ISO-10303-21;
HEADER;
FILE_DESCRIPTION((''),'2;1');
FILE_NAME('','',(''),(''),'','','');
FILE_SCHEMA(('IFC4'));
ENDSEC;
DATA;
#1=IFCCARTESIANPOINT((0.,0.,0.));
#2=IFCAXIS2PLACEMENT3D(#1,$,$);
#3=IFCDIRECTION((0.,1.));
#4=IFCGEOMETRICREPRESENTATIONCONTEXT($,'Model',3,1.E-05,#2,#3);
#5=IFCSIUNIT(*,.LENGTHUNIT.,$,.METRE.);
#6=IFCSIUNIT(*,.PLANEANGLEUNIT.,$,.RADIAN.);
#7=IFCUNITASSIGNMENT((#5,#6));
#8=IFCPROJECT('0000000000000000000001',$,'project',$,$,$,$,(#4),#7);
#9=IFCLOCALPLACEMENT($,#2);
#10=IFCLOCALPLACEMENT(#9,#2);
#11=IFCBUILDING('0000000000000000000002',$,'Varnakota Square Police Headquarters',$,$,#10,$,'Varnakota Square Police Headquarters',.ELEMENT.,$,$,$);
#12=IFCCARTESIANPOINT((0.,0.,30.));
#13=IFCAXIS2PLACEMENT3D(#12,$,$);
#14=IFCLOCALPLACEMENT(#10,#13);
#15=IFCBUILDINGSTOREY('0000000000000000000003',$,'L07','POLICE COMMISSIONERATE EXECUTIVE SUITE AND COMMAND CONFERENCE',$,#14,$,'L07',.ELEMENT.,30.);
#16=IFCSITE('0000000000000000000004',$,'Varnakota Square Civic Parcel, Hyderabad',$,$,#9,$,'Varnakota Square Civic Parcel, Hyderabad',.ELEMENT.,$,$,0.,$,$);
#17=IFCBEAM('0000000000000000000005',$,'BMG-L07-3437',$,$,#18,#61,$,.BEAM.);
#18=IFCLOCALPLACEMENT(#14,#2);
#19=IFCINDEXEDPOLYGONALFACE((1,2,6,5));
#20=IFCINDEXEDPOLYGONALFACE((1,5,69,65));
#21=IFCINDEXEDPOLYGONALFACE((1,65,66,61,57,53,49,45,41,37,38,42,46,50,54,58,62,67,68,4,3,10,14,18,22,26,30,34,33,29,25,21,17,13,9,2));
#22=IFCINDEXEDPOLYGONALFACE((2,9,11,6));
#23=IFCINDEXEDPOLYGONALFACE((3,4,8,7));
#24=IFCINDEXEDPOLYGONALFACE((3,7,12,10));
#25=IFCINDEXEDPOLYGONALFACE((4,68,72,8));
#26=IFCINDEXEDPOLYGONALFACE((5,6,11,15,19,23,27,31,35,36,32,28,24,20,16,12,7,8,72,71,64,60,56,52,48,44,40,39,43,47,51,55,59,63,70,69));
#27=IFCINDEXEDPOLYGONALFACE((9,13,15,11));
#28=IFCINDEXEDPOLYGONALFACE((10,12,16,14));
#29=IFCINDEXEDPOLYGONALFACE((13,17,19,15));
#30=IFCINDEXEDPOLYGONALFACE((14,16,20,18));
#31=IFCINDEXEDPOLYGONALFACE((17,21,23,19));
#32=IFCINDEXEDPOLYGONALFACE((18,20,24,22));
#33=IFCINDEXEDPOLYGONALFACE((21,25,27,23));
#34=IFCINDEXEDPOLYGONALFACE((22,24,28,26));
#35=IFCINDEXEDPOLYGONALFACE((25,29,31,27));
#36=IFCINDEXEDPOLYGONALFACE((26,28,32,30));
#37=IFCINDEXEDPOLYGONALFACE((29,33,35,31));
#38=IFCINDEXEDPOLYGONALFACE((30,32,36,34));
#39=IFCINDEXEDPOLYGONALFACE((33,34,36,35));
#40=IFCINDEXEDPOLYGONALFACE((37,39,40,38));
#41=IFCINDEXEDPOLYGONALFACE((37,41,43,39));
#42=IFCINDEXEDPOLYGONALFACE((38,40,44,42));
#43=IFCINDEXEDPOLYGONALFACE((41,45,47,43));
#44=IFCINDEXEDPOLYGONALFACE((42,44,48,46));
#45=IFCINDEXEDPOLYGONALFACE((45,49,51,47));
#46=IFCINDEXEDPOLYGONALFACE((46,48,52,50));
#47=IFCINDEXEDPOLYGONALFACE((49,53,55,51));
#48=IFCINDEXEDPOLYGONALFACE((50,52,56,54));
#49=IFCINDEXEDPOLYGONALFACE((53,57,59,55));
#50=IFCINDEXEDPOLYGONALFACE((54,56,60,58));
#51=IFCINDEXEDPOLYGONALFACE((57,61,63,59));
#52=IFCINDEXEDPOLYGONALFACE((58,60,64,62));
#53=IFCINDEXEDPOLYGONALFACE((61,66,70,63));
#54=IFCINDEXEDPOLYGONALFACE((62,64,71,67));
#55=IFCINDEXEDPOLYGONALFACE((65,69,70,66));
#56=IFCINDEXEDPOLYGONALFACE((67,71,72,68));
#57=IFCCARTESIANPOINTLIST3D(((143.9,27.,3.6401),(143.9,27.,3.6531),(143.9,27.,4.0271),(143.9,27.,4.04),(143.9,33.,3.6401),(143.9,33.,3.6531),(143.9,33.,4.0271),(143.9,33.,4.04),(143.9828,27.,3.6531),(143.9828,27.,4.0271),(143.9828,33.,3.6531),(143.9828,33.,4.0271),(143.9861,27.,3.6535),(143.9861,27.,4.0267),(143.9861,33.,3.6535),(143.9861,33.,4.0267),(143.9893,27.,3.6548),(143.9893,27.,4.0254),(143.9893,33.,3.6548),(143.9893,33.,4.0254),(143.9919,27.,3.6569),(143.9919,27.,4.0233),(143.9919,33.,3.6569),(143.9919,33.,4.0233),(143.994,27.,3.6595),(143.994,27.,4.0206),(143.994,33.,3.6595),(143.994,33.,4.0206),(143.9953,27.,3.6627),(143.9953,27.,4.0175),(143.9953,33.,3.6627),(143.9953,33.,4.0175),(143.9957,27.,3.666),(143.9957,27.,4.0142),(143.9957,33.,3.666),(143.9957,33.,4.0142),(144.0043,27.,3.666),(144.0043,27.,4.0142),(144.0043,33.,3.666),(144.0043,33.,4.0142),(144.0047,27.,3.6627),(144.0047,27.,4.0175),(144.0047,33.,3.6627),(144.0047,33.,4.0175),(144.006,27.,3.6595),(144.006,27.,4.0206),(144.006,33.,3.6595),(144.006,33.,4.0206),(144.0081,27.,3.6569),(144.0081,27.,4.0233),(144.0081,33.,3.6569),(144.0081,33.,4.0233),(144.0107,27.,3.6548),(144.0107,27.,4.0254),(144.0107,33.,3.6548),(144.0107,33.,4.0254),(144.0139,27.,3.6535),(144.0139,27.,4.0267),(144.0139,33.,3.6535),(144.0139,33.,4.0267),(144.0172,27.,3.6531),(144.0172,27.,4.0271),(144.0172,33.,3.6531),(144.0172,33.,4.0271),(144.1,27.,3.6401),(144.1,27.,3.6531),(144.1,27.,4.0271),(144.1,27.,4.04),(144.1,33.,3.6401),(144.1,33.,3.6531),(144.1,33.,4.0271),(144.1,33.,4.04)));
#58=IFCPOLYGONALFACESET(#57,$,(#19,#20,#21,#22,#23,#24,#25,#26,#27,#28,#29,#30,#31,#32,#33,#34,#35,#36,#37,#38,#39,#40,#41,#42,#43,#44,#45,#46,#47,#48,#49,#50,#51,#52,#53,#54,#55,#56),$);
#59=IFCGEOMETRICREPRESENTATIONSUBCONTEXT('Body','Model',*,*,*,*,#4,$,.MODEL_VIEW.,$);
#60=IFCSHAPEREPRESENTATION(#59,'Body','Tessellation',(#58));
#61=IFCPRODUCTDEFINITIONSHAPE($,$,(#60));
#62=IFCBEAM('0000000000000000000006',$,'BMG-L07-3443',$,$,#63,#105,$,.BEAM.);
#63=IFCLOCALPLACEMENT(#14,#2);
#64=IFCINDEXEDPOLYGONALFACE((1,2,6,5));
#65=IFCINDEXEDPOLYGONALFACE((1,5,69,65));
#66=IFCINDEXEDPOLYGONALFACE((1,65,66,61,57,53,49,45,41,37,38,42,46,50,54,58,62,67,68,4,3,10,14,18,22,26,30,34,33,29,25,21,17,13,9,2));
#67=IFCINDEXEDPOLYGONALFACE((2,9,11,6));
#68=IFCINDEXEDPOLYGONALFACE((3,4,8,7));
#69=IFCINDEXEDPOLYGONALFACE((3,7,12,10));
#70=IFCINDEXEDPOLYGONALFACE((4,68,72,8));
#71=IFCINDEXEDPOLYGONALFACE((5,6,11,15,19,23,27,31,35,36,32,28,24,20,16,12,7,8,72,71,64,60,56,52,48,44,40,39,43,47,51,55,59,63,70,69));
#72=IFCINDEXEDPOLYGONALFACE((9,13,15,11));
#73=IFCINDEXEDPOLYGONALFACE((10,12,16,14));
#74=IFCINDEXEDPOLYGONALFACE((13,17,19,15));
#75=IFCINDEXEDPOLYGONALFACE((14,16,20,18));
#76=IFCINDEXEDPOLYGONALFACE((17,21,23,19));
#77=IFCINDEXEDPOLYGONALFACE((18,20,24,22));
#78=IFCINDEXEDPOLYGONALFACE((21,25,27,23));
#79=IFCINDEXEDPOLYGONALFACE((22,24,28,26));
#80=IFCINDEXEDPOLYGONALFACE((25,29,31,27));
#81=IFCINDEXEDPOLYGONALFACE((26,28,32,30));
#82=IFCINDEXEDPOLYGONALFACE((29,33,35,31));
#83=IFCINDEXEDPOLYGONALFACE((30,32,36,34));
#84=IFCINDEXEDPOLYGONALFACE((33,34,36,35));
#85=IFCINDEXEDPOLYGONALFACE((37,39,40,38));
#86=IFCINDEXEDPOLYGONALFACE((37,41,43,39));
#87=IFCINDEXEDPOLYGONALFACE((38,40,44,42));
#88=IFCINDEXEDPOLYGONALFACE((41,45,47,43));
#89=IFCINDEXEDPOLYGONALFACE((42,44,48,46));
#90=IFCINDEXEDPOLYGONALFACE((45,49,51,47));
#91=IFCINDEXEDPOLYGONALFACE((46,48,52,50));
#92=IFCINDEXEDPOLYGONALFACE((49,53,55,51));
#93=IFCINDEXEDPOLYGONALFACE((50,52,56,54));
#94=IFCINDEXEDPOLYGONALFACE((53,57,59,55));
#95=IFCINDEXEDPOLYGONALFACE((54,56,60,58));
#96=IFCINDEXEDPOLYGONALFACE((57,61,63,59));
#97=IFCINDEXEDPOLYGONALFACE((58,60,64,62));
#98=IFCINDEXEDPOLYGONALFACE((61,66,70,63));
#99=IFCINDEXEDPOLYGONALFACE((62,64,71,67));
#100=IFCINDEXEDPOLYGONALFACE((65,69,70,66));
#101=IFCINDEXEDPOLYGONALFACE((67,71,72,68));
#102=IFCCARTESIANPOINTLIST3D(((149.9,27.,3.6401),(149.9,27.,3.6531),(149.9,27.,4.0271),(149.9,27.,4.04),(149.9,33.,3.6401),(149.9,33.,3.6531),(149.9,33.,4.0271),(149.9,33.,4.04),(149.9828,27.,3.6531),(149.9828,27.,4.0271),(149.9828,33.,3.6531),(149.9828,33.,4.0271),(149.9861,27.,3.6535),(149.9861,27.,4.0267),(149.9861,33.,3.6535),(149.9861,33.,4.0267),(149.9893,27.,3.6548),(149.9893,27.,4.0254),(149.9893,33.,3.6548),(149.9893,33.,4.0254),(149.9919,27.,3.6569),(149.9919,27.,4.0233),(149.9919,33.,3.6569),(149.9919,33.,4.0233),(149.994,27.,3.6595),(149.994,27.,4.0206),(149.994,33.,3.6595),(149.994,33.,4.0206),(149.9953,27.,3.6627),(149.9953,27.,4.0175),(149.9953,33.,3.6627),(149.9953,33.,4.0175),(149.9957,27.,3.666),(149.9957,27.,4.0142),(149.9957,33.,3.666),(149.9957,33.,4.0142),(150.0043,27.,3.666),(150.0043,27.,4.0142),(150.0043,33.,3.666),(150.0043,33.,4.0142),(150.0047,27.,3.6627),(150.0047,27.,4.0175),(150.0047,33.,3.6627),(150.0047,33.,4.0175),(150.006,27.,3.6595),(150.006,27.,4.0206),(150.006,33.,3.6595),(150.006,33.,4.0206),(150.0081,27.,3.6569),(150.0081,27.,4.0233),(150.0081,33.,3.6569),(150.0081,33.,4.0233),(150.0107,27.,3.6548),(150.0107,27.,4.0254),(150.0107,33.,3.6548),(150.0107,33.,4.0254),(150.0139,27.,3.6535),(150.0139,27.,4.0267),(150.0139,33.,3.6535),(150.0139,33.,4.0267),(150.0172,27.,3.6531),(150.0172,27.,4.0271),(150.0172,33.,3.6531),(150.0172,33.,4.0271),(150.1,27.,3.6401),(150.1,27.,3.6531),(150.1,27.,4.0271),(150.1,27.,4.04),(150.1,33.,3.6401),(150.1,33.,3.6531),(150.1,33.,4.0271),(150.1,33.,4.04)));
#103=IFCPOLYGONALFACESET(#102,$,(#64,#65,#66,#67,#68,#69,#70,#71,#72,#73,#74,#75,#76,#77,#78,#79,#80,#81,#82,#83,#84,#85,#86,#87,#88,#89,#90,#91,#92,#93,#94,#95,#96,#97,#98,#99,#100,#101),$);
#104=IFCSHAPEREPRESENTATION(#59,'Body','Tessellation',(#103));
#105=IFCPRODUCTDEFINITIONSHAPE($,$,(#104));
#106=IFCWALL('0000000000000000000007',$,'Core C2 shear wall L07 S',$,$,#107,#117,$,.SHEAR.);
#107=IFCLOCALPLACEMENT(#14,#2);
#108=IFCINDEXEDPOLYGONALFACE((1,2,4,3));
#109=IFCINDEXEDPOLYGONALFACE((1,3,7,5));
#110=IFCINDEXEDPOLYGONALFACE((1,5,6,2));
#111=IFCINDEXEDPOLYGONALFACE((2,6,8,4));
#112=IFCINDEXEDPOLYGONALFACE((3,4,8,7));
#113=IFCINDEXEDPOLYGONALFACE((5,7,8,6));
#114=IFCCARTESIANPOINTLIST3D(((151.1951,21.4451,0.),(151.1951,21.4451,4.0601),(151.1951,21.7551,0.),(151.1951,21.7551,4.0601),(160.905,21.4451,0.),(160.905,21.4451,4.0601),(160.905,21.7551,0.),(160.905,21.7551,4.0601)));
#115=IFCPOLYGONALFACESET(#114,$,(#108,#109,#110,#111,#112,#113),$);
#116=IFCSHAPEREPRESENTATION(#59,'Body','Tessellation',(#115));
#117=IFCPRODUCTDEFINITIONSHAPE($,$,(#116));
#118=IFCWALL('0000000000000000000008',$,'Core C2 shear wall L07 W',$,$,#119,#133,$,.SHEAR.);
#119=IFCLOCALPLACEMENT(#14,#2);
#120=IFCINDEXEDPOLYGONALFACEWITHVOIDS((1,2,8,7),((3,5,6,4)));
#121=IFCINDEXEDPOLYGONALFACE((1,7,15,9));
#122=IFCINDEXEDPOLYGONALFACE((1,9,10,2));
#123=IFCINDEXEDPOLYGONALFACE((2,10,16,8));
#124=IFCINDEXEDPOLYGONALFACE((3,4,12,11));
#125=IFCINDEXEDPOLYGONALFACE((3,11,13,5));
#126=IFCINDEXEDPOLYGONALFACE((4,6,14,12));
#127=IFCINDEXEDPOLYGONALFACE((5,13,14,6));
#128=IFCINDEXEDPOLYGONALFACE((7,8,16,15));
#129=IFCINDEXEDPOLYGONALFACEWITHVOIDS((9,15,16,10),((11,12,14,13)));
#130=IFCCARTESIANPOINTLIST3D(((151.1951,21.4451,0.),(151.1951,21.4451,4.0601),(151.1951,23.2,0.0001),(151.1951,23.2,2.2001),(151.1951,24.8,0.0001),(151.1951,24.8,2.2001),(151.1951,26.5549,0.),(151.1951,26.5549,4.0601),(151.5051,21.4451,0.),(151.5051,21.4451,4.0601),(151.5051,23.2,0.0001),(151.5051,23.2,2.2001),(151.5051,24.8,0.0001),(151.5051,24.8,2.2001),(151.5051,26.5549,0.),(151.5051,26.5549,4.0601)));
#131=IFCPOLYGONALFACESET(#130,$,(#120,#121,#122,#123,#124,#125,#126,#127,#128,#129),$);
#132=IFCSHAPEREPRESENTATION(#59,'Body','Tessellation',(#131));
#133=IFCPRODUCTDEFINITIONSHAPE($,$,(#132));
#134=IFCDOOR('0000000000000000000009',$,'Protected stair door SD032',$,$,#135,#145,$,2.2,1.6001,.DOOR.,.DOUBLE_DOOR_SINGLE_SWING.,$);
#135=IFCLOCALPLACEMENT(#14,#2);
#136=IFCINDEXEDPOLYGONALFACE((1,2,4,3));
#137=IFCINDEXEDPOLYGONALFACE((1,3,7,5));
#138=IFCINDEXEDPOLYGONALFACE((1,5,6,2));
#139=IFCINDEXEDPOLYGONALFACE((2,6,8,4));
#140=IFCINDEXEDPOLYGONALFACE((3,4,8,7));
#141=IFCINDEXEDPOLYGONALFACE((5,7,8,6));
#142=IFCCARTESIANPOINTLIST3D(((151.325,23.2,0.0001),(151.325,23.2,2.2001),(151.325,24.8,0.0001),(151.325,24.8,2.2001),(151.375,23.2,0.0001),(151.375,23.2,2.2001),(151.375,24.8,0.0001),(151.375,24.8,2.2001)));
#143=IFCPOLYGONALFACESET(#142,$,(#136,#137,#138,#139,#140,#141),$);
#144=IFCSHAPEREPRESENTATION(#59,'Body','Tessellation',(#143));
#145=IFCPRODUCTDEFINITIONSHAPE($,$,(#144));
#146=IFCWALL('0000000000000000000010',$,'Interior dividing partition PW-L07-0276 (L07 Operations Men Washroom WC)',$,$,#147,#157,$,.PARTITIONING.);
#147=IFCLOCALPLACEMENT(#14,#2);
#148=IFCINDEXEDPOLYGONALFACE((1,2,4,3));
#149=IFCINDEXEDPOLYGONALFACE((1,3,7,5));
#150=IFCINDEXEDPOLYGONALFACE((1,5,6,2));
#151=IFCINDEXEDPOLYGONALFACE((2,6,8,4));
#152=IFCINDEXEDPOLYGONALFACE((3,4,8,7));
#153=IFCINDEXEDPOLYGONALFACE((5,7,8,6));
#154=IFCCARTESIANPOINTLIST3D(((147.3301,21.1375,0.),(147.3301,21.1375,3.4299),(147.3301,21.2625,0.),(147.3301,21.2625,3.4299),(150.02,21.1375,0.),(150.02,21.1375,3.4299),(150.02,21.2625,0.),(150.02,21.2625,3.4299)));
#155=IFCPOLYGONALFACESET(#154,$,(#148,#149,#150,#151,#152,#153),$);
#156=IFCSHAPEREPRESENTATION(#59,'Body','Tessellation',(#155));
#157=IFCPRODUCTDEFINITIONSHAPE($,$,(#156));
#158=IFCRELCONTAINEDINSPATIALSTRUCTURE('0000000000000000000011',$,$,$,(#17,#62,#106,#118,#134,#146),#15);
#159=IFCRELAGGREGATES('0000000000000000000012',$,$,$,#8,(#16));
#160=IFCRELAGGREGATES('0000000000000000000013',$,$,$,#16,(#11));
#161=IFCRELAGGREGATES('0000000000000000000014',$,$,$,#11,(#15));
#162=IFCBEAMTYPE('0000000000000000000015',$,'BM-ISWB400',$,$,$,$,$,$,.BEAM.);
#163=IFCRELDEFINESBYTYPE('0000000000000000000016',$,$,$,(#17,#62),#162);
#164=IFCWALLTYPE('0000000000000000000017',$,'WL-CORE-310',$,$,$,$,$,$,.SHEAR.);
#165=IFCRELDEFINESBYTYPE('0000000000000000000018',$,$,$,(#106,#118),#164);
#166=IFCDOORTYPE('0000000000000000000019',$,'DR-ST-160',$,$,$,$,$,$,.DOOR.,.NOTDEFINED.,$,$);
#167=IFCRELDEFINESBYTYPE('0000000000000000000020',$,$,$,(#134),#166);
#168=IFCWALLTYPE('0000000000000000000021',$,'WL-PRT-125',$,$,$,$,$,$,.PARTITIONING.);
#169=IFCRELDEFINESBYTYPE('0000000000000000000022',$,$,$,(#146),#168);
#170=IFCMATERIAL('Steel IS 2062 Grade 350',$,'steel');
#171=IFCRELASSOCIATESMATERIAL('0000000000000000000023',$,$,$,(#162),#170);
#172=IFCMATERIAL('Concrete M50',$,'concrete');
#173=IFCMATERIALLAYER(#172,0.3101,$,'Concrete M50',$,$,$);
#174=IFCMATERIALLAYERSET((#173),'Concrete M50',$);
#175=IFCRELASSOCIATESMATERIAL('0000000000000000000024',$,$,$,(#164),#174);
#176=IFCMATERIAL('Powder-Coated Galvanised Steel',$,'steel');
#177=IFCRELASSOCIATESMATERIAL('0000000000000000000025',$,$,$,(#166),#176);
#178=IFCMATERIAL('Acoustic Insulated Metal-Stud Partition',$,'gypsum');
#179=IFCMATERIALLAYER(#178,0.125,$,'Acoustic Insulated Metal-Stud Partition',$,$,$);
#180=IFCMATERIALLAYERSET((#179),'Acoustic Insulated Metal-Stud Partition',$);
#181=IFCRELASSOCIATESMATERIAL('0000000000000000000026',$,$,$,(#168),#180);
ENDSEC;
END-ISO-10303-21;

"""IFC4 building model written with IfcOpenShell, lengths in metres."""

from ifc_helpers import new_model, si_unit, direction, frame, frame_2d, origin, origin_2d, place, context, subcontext, project, spatial, rectangle, i_section, extrude, material, layer, layer_set, material_profile, profile_set, type_object, element, fill, save


model = new_model("IFC4")

# Units and contexts
model_context = context("Model", 3, precision=1e-05, world=origin(), true_north=direction((0.0, 1.0)))
body_context = subcontext(model_context, "Body", "Model", "MODEL_VIEW")
ifc_project = project(units=[si_unit("LENGTHUNIT", "METRE"), si_unit("PLANEANGLEUNIT", "RADIAN")], contexts=[model_context])

# Site, building, storey
site_placement = place(None, origin())
site = spatial("IfcSite", under=ifc_project, at=site_placement, Name="Varnakota Square Civic Parcel, Hyderabad", LongName="Varnakota Square Civic Parcel, Hyderabad", CompositionType="ELEMENT", RefElevation=0.0)
building_placement = place(site_placement, origin())
building = spatial("IfcBuilding", under=site, at=building_placement, Name="Varnakota Square Police Headquarters", LongName="Varnakota Square Police Headquarters", CompositionType="ELEMENT")
storey_placement = place(building_placement, frame((0.0, 0.0, 30.0)))
storey = spatial("IfcBuildingStorey", under=building, at=storey_placement, Name="L07", Description="POLICE COMMISSIONERATE EXECUTIVE SUITE AND COMMAND CONFERENCE", LongName="L07", CompositionType="ELEMENT", Elevation=30.0)

# Shared definitions
ifc_material_1 = material(Name="Steel IS 2062 Grade 350", Category="steel")

# Beams
ifc_material_profile_1 = material_profile(ifc_material_1, i_section(OverallWidth=0.2, OverallDepth=0.3999, WebThickness=0.0085, FlangeThickness=0.0129, FilletRadius=0.0129, at=origin_2d()), Name="ISWB 400")
ifc_profile_set_1 = profile_set([ifc_material_profile_1], Name="Steel IS 2062 Grade 350")
beam_type_1 = type_object("IfcBeamType", Name="BM-ISWB400", PredefinedType="BEAM", material=ifc_profile_set_1)
for number, where, z_axis, x_axis, name in (
    (1, (144.0, 27.0, 3.8401), (0.0, 1.0, 0.0), (-1.0, 0.0, 0.0), "BMG-L07-3437"),
    (2, (150.0, 27.0, 3.8401), (0.0, 1.0, 0.0), (-1.0, 0.0, 0.0), "BMG-L07-3443"),
):
    element("IfcBeam", number, at=place(storey_placement, frame(where, z_axis=z_axis, x_axis=x_axis)), inside=storey, type_object=beam_type_1, Name=name, PredefinedType="BEAM", context=body_context, shape_type="SweptSolid", body=[
        extrude(i_section(OverallWidth=0.2, OverallDepth=0.3999, WebThickness=0.0085, FlangeThickness=0.0129, FilletRadius=0.0129, at=origin_2d()), origin(), (0.0, 0.0, 1.0), 6.0),
    ])

# Wall
ifc_material_2 = material(Name="Concrete M50", Category="concrete")
ifc_layer_1 = layer(ifc_material_2, 0.3101, Name="Concrete M50")
ifc_layer_set_1 = layer_set([ifc_layer_1], Name="Concrete M50")
wall_type_1 = type_object("IfcWallType", Name="WL-CORE-310", PredefinedType="SHEAR", material=ifc_layer_set_1)
wall_1_placement = place(storey_placement, frame((151.1951, 21.6001, 0.0), z_axis=(0.0, 0.0, 1.0), x_axis=(1.0, 0.0, 0.0)))
element("IfcWall", 3, at=wall_1_placement, inside=storey, type_object=wall_type_1, Name="Core C2 shear wall L07 S", PredefinedType="SHEAR", context=body_context, shape_type="SweptSolid", body=[
    extrude(rectangle(XDim=9.71, YDim=0.3101, at=frame_2d((4.855, 0.0))), origin(), (0.0, 0.0, 1.0), 4.0601),
])

# Wall, opening, door
wall_2_placement = place(storey_placement, frame((151.3501, 26.5549, 0.0), z_axis=(0.0, 0.0, 1.0), x_axis=(0.0, -1.0, 0.0)))
wall_2 = element("IfcWall", 4, at=wall_2_placement, inside=storey, type_object=wall_type_1, Name="Core C2 shear wall L07 W", PredefinedType="SHEAR", context=body_context, shape_type="SweptSolid", body=[
    extrude(rectangle(XDim=5.1099, YDim=0.3101, at=frame_2d((2.5549, 0.0))), origin(), (0.0, 0.0, 1.0), 4.0601),
])
opening_1_placement = place(wall_2_placement, frame((1.7549, 0.0, 0.0)))
opening_1 = element("IfcOpeningElement", 5, at=opening_1_placement, cuts=wall_2, PredefinedType="OPENING", context=body_context, shape_type="SweptSolid", body=[
    extrude(rectangle(XDim=1.6001, YDim=2.2, at=frame_2d((0.8, 1.1001))), frame((0.0, 0.165, 0.0), z_axis=(0.0, -1.0, 0.0), x_axis=(1.0, 0.0, 0.0)), (0.0, 0.0, 1.0), 0.3301),
])
ifc_material_3 = material(Name="Powder-Coated Galvanised Steel", Category="steel")
door_type_1 = type_object("IfcDoorType", Name="DR-ST-160", OperationType="NOTDEFINED", PredefinedType="DOOR", material=ifc_material_3)
door_1_placement = place(opening_1_placement, origin())
door_1 = element("IfcDoor", 6, at=door_1_placement, inside=storey, type_object=door_type_1, Name="Protected stair door SD032", OperationType="DOUBLE_DOOR_SINGLE_SWING", OverallHeight=2.2, OverallWidth=1.6001, PredefinedType="DOOR", context=body_context, shape_type="SweptSolid", body=[
    extrude(rectangle(XDim=1.6001, YDim=2.2, at=frame_2d((0.8, 1.1001))), frame((0.0, 0.0249, 0.0), z_axis=(0.0, -1.0, 0.0), x_axis=(1.0, 0.0, 0.0)), (0.0, 0.0, 1.0), 0.05),
])
fill(opening_1, door_1)

# Wall
ifc_material_4 = material(Name="Acoustic Insulated Metal-Stud Partition", Category="gypsum")
ifc_layer_2 = layer(ifc_material_4, 0.125, Name="Acoustic Insulated Metal-Stud Partition")
ifc_layer_set_2 = layer_set([ifc_layer_2], Name="Acoustic Insulated Metal-Stud Partition")
wall_type_2 = type_object("IfcWallType", Name="WL-PRT-125", PredefinedType="PARTITIONING", material=ifc_layer_set_2)
wall_3_placement = place(storey_placement, frame((147.3301, 21.2, 0.0), z_axis=(0.0, 0.0, 1.0), x_axis=(1.0, 0.0, 0.0)))
element("IfcWall", 7, at=wall_3_placement, inside=storey, type_object=wall_type_2, Name="Interior dividing partition PW-L07-0276 (L07 Operations Men Washroom WC)", PredefinedType="PARTITIONING", context=body_context, shape_type="SweptSolid", body=[
    extrude(rectangle(XDim=2.6899, YDim=0.125, at=frame_2d((1.345, 0.0))), origin(), (0.0, 0.0, 1.0), 3.4299),
])

save(model, "model.ifc")
